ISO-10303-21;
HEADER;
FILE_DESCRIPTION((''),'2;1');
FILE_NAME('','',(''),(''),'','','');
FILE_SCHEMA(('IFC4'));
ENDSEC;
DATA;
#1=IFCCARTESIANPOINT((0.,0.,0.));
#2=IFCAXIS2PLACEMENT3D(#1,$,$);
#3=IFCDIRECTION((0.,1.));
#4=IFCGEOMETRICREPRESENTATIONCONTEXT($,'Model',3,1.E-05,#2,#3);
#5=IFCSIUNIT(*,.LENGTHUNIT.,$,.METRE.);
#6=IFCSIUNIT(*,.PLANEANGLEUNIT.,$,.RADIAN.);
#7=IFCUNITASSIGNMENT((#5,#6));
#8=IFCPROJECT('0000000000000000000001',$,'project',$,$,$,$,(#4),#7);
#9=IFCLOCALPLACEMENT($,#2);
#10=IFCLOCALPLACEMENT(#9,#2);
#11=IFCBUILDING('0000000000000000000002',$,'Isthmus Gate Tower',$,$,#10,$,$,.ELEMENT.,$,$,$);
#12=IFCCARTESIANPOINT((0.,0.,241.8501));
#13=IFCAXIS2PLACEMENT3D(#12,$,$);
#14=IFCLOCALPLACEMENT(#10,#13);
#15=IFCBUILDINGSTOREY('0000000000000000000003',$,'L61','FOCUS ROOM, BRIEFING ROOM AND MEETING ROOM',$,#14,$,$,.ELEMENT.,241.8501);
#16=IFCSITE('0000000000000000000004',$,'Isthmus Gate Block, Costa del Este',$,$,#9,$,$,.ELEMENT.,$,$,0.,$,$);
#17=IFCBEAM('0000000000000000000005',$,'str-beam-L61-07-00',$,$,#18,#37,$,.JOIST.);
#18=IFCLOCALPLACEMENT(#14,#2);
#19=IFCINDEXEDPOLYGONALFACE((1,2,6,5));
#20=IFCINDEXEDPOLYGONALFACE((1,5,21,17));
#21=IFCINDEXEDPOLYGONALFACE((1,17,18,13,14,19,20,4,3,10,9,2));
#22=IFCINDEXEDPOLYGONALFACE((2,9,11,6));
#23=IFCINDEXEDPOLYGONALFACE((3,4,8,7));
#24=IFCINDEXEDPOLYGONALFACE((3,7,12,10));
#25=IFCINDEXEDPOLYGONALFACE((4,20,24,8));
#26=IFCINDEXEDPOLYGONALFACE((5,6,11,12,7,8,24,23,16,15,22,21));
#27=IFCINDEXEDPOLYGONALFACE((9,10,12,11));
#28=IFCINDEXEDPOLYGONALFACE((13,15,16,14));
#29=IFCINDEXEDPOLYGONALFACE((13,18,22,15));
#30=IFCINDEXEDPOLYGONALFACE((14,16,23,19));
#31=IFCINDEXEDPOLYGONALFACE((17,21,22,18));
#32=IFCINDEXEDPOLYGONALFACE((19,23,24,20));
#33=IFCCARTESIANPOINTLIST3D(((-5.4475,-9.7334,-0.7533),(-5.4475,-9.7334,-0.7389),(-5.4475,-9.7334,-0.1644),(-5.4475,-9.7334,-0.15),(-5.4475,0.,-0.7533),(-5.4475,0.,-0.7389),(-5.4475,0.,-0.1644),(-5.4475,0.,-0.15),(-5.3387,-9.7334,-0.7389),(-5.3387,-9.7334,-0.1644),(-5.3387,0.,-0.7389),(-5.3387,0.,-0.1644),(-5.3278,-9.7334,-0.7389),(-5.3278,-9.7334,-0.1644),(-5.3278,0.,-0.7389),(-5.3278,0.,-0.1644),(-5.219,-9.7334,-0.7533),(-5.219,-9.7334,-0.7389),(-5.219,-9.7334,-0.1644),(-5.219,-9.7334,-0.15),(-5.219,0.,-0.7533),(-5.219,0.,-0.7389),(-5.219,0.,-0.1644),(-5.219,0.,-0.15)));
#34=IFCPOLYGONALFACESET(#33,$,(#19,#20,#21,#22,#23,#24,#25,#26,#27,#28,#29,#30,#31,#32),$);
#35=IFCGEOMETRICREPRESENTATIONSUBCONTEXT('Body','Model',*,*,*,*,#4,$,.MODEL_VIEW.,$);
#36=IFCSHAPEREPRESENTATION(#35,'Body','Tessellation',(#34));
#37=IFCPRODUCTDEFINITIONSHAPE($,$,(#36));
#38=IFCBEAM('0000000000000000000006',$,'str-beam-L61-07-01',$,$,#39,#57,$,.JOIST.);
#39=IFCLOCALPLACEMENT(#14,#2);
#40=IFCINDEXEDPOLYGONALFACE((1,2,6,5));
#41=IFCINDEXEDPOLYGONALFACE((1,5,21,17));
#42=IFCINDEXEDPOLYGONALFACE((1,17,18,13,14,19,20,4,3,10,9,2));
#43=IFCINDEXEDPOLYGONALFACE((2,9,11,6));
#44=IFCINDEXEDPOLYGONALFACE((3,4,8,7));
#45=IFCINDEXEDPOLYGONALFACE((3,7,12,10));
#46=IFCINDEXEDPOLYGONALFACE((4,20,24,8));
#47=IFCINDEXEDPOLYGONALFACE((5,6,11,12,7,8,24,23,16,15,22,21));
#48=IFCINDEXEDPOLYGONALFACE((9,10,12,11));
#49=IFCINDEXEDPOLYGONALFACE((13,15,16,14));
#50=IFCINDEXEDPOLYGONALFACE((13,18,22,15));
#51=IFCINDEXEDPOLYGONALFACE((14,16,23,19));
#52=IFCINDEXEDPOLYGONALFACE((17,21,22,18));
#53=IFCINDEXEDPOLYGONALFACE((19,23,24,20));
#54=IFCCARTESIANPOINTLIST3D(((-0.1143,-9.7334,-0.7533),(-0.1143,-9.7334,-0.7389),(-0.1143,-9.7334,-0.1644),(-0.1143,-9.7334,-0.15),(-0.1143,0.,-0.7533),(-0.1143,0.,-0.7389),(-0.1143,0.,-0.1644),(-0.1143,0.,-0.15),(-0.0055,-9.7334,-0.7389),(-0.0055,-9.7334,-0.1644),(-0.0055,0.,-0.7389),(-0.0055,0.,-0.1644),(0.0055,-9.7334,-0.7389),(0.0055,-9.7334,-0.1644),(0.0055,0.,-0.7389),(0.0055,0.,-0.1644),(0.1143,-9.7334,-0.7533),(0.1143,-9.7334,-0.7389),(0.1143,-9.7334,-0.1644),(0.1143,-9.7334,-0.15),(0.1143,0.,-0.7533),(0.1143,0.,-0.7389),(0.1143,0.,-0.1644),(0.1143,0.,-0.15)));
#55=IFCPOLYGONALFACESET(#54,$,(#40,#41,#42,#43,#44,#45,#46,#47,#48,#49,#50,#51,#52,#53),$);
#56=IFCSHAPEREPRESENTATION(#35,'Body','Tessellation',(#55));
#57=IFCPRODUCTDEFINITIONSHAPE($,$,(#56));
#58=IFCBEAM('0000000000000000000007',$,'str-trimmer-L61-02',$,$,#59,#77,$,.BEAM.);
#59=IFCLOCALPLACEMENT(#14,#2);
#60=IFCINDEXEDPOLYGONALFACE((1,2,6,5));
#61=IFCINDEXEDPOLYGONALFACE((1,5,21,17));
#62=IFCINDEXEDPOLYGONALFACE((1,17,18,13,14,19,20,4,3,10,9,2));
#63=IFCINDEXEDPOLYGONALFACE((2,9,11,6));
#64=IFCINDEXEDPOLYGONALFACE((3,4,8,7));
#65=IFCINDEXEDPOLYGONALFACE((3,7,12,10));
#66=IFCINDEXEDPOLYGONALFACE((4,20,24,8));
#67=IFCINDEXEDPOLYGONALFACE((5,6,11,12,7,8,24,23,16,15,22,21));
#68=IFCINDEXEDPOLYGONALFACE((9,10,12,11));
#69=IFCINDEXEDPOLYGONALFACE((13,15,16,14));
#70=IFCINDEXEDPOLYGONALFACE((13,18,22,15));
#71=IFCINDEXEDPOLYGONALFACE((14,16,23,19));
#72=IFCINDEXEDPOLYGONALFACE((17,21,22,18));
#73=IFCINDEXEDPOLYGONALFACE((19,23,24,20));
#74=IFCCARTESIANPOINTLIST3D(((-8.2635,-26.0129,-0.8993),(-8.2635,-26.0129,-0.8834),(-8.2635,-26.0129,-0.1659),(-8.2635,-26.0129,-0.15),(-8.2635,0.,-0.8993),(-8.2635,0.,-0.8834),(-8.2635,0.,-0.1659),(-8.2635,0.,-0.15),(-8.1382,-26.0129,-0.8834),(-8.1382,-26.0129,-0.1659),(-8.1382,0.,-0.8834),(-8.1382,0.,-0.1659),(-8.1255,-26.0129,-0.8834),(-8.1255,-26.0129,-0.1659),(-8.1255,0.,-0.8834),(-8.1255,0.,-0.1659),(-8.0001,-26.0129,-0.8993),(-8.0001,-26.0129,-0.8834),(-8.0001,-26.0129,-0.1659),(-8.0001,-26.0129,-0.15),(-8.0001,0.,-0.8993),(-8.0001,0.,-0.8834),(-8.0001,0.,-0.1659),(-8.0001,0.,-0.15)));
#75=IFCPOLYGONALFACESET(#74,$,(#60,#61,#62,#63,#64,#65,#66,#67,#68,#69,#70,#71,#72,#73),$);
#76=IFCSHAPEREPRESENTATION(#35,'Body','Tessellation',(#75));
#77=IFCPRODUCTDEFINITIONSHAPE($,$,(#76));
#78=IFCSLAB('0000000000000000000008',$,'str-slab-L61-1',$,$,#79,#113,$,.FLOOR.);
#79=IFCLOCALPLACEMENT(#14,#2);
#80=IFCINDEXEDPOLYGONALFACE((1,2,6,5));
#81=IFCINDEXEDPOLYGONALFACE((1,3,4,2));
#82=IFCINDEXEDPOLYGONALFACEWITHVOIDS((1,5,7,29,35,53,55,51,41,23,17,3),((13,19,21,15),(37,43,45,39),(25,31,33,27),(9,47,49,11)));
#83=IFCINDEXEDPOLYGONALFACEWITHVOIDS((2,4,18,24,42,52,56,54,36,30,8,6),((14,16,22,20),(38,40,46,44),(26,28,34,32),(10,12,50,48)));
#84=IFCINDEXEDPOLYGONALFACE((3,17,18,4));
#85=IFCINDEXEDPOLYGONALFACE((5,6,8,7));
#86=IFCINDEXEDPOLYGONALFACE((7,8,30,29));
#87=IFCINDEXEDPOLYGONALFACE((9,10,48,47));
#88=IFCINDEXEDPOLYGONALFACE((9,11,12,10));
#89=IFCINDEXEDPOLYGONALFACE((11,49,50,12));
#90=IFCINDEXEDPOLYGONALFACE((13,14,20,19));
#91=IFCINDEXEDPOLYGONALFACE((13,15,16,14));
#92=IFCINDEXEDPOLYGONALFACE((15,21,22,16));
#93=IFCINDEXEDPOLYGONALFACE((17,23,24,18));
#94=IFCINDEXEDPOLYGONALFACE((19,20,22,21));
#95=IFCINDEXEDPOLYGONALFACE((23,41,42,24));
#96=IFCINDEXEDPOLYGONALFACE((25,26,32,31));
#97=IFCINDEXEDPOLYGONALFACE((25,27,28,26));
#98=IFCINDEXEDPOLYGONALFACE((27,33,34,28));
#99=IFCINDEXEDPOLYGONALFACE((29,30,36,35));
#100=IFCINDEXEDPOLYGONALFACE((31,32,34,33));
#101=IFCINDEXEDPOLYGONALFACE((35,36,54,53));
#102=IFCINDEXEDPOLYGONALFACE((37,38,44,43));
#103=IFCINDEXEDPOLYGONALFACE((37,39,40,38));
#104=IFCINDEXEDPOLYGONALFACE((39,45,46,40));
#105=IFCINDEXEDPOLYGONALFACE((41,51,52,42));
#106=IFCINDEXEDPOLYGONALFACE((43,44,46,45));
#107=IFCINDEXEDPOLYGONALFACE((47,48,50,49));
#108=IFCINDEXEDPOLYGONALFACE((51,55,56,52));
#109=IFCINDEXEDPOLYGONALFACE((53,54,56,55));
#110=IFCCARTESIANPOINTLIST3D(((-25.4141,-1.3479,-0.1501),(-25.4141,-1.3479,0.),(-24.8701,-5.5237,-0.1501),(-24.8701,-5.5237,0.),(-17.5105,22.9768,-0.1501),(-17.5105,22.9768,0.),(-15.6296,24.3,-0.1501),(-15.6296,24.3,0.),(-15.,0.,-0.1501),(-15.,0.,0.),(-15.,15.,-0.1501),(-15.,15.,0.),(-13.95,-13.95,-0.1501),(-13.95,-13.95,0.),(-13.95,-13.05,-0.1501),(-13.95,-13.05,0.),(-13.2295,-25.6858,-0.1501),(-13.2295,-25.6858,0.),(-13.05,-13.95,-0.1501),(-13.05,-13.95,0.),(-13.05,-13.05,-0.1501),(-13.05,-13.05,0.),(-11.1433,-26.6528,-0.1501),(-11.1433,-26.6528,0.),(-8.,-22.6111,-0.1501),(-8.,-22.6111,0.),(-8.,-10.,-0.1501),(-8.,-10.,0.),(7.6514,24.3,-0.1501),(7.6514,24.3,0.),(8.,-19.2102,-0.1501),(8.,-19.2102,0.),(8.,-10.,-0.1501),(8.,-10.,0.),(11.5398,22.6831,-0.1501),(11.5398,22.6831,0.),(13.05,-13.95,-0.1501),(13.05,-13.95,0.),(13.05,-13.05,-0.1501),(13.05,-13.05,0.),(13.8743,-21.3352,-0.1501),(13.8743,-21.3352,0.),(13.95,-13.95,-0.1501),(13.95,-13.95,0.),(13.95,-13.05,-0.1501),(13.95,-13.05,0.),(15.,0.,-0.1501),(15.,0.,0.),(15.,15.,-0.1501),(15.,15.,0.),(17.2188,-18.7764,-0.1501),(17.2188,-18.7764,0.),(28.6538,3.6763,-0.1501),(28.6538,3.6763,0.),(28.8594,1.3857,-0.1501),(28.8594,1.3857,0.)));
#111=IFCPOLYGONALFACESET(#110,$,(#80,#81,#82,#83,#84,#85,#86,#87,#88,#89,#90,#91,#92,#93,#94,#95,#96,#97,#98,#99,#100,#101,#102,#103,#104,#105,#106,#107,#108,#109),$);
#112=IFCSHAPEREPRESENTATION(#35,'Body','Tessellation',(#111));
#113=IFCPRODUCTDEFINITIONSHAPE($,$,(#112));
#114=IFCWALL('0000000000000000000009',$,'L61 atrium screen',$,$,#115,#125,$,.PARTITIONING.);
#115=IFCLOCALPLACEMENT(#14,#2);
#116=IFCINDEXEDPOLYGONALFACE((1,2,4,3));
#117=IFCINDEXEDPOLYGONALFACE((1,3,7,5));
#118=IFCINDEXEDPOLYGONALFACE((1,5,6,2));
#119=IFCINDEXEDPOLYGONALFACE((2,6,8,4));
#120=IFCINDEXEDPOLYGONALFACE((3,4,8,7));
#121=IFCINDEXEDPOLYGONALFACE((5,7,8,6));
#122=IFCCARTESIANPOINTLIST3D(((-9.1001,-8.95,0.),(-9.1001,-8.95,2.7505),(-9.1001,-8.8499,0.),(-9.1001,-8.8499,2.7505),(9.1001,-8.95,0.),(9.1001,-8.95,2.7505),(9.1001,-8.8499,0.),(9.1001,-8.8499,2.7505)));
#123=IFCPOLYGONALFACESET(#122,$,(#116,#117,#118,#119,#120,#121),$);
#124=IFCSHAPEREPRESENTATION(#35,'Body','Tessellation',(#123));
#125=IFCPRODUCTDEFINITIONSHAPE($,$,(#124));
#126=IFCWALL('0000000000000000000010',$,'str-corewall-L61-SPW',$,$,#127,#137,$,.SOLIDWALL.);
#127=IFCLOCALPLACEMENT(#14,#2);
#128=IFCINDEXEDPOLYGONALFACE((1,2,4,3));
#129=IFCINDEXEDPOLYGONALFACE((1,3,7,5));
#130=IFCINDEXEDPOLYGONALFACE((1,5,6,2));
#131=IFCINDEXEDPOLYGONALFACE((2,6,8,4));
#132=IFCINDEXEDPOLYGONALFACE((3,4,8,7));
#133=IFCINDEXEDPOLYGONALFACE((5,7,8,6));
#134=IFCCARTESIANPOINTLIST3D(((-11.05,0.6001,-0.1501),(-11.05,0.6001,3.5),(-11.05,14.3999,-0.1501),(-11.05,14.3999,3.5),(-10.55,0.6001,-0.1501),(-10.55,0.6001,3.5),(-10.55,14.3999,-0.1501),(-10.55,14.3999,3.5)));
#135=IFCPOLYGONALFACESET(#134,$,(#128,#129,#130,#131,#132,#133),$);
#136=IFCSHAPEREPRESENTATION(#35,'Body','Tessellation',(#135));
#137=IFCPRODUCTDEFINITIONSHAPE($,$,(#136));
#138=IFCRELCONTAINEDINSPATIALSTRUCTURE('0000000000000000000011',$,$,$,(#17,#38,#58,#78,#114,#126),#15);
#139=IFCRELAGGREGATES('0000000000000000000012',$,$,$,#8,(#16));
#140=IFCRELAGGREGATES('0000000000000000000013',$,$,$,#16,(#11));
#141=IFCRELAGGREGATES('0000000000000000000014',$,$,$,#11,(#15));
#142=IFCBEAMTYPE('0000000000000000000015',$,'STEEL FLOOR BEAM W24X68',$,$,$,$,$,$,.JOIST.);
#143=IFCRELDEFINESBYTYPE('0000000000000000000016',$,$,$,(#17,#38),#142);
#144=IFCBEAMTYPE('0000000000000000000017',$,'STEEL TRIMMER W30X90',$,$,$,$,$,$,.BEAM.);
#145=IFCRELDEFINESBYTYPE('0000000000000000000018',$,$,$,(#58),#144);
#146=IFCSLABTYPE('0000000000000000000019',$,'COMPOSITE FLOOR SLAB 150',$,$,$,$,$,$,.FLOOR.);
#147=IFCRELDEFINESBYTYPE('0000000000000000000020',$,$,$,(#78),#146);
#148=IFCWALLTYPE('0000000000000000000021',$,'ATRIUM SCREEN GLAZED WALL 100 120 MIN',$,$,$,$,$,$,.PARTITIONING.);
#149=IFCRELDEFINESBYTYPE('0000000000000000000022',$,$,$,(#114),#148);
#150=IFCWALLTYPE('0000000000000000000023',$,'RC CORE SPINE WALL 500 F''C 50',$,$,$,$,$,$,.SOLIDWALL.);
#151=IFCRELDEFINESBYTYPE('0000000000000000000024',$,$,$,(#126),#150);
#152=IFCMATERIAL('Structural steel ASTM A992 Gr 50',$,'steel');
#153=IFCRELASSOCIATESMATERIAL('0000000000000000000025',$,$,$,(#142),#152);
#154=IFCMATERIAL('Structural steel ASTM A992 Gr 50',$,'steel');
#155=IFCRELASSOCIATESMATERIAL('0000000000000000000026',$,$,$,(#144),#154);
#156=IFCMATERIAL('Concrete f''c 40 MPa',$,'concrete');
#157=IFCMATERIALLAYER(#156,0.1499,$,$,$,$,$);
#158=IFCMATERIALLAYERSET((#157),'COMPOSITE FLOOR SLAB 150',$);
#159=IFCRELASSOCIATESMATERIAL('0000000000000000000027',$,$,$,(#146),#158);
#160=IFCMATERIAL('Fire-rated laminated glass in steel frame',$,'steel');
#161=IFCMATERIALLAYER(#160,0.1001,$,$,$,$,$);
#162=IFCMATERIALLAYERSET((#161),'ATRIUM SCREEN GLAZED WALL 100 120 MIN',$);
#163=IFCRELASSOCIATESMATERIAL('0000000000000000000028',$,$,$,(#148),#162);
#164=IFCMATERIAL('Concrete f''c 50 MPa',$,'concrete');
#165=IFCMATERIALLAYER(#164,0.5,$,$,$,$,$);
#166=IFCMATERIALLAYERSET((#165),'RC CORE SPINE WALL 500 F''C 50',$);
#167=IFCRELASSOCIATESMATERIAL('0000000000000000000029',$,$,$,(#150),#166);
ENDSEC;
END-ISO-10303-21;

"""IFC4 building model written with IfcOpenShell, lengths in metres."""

from ifc_helpers import new_model, si_unit, direction, frame, frame_2d, origin, origin_2d, place, context, subcontext, project, spatial, polyline, rectangle, i_section, outline, extrude, material, layer, layer_set, material_profile, profile_set, type_object, element, save


model = new_model("IFC4")

# Units and contexts
model_context = context("Model", 3, precision=1e-05, world=origin(), true_north=direction((0.0, 1.0)))
body_context = subcontext(model_context, "Body", "Model", "MODEL_VIEW")
ifc_project = project(units=[si_unit("LENGTHUNIT", "METRE"), si_unit("PLANEANGLEUNIT", "RADIAN")], contexts=[model_context])

# Site, building, storey
site_placement = place(None, origin())
site = spatial("IfcSite", under=ifc_project, at=site_placement, Name="Isthmus Gate Block, Costa del Este", CompositionType="ELEMENT", RefElevation=0.0)
building_placement = place(site_placement, origin())
building = spatial("IfcBuilding", under=site, at=building_placement, Name="Isthmus Gate Tower", CompositionType="ELEMENT")
storey_placement = place(building_placement, frame((0.0, 0.0, 241.8501)))
storey = spatial("IfcBuildingStorey", under=building, at=storey_placement, Name="L61", Description="FOCUS ROOM, BRIEFING ROOM AND MEETING ROOM", CompositionType="ELEMENT", Elevation=241.8501)

# Beams
ifc_material_1 = material(Name="Structural steel ASTM A992 Gr 50", Category="steel")
ifc_material_profile_1 = material_profile(ifc_material_1, i_section(OverallWidth=0.2285, OverallDepth=0.6033, WebThickness=0.011, FlangeThickness=0.0144, at=origin_2d()), Name="W24X68")
ifc_profile_set_1 = profile_set([ifc_material_profile_1], Name="Structural steel ASTM A992 Gr 50")
beam_type_1 = type_object("IfcBeamType", Name="STEEL FLOOR BEAM W24X68", PredefinedType="JOIST", material=ifc_profile_set_1)
for number, where, z_axis, x_axis, name in (
    (1, (-5.3333, -9.7334, -0.4517), (0.0, 1.0, 0.0), (-1.0, 0.0, 0.0), "str-beam-L61-07-00"),
    (2, (0.0, -9.7334, -0.4517), (0.0, 1.0, 0.0), (-1.0, 0.0, 0.0), "str-beam-L61-07-01"),
):
    element("IfcBeam", number, at=place(storey_placement, frame(where, z_axis=z_axis, x_axis=x_axis)), inside=storey, type_object=beam_type_1, Name=name, PredefinedType="JOIST", context=body_context, shape_type="SweptSolid", body=[
        extrude(i_section(OverallWidth=0.2285, OverallDepth=0.6033, WebThickness=0.011, FlangeThickness=0.0144, at=origin_2d()), origin(), (0.0, 0.0, 1.0), 9.7334),
    ])
ifc_material_2 = material(Name="Structural steel ASTM A992 Gr 50", Category="steel")
ifc_material_profile_2 = material_profile(ifc_material_2, i_section(OverallWidth=0.2634, OverallDepth=0.7493, WebThickness=0.0127, FlangeThickness=0.0159, at=origin_2d()), Name="W30X90")
ifc_profile_set_2 = profile_set([ifc_material_profile_2], Name="Structural steel ASTM A992 Gr 50")
beam_type_2 = type_object("IfcBeamType", Name="STEEL TRIMMER W30X90", PredefinedType="BEAM", material=ifc_profile_set_2)
beam_placement = place(storey_placement, frame((-8.1318, 0.0, -0.5247), z_axis=(0.0, -1.0, 0.0), x_axis=(1.0, 0.0, 0.0)))
element("IfcBeam", 3, at=beam_placement, inside=storey, type_object=beam_type_2, Name="str-trimmer-L61-02", PredefinedType="BEAM", context=body_context, shape_type="SweptSolid", body=[
    extrude(i_section(OverallWidth=0.2634, OverallDepth=0.7493, WebThickness=0.0127, FlangeThickness=0.0159, at=origin_2d()), origin(), (0.0, 0.0, 1.0), 26.0129),
])

# Slab
ifc_material_3 = material(Name="Concrete f'c 40 MPa", Category="concrete")
ifc_layer_1 = layer(ifc_material_3, 0.1499)
ifc_layer_set_1 = layer_set([ifc_layer_1], Name="COMPOSITE FLOOR SLAB 150")
slab_type = type_object("IfcSlabType", Name="COMPOSITE FLOOR SLAB 150", PredefinedType="FLOOR", material=ifc_layer_set_1)
slab_placement = place(storey_placement, frame((0.0, 0.0, -0.1501)))
element("IfcSlab", 4, at=slab_placement, inside=storey, type_object=slab_type, Name="str-slab-L61-1", PredefinedType="FLOOR", context=body_context, shape_type="SweptSolid", body=[
    extrude(outline(polyline([(11.5398, 22.6831), (28.6538, 3.6763), (28.8594, 1.3857), (17.2188, -18.7764), (13.8743, -21.3352), (-11.1433, -26.6528), (-13.2295, -25.6858), (-24.8701, -5.5237), (-25.4141, -1.3479), (-17.5105, 22.9768), (-15.6296, 24.3), (7.6514, 24.3), (11.5398, 22.6831)]), holes=[polyline([(-8.0, -10.0), (-8.0, -22.6111), (8.0, -19.2102), (8.0, -10.0), (-8.0, -10.0)]), polyline([(-13.95, -13.05), (-13.95, -13.95), (-13.05, -13.95), (-13.05, -13.05), (-13.95, -13.05)]), polyline([(13.05, -13.05), (13.05, -13.95), (13.95, -13.95), (13.95, -13.05), (13.05, -13.05)]), polyline([(-15.0, 0.0), (15.0, 0.0), (15.0, 15.0), (-15.0, 15.0), (-15.0, 0.0)])]), origin(), (0.0, 0.0, 1.0), 0.1501),
])

# Walls
ifc_material_4 = material(Name="Fire-rated laminated glass in steel frame", Category="steel")
ifc_layer_2 = layer(ifc_material_4, 0.1001)
ifc_layer_set_2 = layer_set([ifc_layer_2], Name="ATRIUM SCREEN GLAZED WALL 100 120 MIN")
wall_type_1 = type_object("IfcWallType", Name="ATRIUM SCREEN GLAZED WALL 100 120 MIN", PredefinedType="PARTITIONING", material=ifc_layer_set_2)
wall_1_placement = place(storey_placement, frame((-9.1001, -8.8999, 0.0), z_axis=(0.0, 0.0, 1.0), x_axis=(1.0, 0.0, 0.0)))
element("IfcWall", 5, at=wall_1_placement, inside=storey, type_object=wall_type_1, Name="L61 atrium screen", PredefinedType="PARTITIONING", context=body_context, shape_type="SweptSolid", body=[
    extrude(rectangle(XDim=18.2002, YDim=0.1001, at=frame_2d((9.1001, 0.0))), origin(), (0.0, 0.0, 1.0), 2.7505),
])
ifc_material_5 = material(Name="Concrete f'c 50 MPa", Category="concrete")
ifc_layer_3 = layer(ifc_material_5, 0.5)
ifc_layer_set_3 = layer_set([ifc_layer_3], Name="RC CORE SPINE WALL 500 F'C 50")
wall_type_2 = type_object("IfcWallType", Name="RC CORE SPINE WALL 500 F'C 50", PredefinedType="SOLIDWALL", material=ifc_layer_set_3)
wall_2_placement = place(storey_placement, frame((-10.8, 0.6001, -0.1501), z_axis=(0.0, 0.0, 1.0), x_axis=(0.0, 1.0, 0.0)))
element("IfcWall", 6, at=wall_2_placement, inside=storey, type_object=wall_type_2, Name="str-corewall-L61-SPW", PredefinedType="SOLIDWALL", context=body_context, shape_type="SweptSolid", body=[
    extrude(rectangle(XDim=13.7998, YDim=0.5, at=frame_2d((6.8999, 0.0))), origin(), (0.0, 0.0, 1.0), 3.6501),
])

save(model, "model.ifc")
